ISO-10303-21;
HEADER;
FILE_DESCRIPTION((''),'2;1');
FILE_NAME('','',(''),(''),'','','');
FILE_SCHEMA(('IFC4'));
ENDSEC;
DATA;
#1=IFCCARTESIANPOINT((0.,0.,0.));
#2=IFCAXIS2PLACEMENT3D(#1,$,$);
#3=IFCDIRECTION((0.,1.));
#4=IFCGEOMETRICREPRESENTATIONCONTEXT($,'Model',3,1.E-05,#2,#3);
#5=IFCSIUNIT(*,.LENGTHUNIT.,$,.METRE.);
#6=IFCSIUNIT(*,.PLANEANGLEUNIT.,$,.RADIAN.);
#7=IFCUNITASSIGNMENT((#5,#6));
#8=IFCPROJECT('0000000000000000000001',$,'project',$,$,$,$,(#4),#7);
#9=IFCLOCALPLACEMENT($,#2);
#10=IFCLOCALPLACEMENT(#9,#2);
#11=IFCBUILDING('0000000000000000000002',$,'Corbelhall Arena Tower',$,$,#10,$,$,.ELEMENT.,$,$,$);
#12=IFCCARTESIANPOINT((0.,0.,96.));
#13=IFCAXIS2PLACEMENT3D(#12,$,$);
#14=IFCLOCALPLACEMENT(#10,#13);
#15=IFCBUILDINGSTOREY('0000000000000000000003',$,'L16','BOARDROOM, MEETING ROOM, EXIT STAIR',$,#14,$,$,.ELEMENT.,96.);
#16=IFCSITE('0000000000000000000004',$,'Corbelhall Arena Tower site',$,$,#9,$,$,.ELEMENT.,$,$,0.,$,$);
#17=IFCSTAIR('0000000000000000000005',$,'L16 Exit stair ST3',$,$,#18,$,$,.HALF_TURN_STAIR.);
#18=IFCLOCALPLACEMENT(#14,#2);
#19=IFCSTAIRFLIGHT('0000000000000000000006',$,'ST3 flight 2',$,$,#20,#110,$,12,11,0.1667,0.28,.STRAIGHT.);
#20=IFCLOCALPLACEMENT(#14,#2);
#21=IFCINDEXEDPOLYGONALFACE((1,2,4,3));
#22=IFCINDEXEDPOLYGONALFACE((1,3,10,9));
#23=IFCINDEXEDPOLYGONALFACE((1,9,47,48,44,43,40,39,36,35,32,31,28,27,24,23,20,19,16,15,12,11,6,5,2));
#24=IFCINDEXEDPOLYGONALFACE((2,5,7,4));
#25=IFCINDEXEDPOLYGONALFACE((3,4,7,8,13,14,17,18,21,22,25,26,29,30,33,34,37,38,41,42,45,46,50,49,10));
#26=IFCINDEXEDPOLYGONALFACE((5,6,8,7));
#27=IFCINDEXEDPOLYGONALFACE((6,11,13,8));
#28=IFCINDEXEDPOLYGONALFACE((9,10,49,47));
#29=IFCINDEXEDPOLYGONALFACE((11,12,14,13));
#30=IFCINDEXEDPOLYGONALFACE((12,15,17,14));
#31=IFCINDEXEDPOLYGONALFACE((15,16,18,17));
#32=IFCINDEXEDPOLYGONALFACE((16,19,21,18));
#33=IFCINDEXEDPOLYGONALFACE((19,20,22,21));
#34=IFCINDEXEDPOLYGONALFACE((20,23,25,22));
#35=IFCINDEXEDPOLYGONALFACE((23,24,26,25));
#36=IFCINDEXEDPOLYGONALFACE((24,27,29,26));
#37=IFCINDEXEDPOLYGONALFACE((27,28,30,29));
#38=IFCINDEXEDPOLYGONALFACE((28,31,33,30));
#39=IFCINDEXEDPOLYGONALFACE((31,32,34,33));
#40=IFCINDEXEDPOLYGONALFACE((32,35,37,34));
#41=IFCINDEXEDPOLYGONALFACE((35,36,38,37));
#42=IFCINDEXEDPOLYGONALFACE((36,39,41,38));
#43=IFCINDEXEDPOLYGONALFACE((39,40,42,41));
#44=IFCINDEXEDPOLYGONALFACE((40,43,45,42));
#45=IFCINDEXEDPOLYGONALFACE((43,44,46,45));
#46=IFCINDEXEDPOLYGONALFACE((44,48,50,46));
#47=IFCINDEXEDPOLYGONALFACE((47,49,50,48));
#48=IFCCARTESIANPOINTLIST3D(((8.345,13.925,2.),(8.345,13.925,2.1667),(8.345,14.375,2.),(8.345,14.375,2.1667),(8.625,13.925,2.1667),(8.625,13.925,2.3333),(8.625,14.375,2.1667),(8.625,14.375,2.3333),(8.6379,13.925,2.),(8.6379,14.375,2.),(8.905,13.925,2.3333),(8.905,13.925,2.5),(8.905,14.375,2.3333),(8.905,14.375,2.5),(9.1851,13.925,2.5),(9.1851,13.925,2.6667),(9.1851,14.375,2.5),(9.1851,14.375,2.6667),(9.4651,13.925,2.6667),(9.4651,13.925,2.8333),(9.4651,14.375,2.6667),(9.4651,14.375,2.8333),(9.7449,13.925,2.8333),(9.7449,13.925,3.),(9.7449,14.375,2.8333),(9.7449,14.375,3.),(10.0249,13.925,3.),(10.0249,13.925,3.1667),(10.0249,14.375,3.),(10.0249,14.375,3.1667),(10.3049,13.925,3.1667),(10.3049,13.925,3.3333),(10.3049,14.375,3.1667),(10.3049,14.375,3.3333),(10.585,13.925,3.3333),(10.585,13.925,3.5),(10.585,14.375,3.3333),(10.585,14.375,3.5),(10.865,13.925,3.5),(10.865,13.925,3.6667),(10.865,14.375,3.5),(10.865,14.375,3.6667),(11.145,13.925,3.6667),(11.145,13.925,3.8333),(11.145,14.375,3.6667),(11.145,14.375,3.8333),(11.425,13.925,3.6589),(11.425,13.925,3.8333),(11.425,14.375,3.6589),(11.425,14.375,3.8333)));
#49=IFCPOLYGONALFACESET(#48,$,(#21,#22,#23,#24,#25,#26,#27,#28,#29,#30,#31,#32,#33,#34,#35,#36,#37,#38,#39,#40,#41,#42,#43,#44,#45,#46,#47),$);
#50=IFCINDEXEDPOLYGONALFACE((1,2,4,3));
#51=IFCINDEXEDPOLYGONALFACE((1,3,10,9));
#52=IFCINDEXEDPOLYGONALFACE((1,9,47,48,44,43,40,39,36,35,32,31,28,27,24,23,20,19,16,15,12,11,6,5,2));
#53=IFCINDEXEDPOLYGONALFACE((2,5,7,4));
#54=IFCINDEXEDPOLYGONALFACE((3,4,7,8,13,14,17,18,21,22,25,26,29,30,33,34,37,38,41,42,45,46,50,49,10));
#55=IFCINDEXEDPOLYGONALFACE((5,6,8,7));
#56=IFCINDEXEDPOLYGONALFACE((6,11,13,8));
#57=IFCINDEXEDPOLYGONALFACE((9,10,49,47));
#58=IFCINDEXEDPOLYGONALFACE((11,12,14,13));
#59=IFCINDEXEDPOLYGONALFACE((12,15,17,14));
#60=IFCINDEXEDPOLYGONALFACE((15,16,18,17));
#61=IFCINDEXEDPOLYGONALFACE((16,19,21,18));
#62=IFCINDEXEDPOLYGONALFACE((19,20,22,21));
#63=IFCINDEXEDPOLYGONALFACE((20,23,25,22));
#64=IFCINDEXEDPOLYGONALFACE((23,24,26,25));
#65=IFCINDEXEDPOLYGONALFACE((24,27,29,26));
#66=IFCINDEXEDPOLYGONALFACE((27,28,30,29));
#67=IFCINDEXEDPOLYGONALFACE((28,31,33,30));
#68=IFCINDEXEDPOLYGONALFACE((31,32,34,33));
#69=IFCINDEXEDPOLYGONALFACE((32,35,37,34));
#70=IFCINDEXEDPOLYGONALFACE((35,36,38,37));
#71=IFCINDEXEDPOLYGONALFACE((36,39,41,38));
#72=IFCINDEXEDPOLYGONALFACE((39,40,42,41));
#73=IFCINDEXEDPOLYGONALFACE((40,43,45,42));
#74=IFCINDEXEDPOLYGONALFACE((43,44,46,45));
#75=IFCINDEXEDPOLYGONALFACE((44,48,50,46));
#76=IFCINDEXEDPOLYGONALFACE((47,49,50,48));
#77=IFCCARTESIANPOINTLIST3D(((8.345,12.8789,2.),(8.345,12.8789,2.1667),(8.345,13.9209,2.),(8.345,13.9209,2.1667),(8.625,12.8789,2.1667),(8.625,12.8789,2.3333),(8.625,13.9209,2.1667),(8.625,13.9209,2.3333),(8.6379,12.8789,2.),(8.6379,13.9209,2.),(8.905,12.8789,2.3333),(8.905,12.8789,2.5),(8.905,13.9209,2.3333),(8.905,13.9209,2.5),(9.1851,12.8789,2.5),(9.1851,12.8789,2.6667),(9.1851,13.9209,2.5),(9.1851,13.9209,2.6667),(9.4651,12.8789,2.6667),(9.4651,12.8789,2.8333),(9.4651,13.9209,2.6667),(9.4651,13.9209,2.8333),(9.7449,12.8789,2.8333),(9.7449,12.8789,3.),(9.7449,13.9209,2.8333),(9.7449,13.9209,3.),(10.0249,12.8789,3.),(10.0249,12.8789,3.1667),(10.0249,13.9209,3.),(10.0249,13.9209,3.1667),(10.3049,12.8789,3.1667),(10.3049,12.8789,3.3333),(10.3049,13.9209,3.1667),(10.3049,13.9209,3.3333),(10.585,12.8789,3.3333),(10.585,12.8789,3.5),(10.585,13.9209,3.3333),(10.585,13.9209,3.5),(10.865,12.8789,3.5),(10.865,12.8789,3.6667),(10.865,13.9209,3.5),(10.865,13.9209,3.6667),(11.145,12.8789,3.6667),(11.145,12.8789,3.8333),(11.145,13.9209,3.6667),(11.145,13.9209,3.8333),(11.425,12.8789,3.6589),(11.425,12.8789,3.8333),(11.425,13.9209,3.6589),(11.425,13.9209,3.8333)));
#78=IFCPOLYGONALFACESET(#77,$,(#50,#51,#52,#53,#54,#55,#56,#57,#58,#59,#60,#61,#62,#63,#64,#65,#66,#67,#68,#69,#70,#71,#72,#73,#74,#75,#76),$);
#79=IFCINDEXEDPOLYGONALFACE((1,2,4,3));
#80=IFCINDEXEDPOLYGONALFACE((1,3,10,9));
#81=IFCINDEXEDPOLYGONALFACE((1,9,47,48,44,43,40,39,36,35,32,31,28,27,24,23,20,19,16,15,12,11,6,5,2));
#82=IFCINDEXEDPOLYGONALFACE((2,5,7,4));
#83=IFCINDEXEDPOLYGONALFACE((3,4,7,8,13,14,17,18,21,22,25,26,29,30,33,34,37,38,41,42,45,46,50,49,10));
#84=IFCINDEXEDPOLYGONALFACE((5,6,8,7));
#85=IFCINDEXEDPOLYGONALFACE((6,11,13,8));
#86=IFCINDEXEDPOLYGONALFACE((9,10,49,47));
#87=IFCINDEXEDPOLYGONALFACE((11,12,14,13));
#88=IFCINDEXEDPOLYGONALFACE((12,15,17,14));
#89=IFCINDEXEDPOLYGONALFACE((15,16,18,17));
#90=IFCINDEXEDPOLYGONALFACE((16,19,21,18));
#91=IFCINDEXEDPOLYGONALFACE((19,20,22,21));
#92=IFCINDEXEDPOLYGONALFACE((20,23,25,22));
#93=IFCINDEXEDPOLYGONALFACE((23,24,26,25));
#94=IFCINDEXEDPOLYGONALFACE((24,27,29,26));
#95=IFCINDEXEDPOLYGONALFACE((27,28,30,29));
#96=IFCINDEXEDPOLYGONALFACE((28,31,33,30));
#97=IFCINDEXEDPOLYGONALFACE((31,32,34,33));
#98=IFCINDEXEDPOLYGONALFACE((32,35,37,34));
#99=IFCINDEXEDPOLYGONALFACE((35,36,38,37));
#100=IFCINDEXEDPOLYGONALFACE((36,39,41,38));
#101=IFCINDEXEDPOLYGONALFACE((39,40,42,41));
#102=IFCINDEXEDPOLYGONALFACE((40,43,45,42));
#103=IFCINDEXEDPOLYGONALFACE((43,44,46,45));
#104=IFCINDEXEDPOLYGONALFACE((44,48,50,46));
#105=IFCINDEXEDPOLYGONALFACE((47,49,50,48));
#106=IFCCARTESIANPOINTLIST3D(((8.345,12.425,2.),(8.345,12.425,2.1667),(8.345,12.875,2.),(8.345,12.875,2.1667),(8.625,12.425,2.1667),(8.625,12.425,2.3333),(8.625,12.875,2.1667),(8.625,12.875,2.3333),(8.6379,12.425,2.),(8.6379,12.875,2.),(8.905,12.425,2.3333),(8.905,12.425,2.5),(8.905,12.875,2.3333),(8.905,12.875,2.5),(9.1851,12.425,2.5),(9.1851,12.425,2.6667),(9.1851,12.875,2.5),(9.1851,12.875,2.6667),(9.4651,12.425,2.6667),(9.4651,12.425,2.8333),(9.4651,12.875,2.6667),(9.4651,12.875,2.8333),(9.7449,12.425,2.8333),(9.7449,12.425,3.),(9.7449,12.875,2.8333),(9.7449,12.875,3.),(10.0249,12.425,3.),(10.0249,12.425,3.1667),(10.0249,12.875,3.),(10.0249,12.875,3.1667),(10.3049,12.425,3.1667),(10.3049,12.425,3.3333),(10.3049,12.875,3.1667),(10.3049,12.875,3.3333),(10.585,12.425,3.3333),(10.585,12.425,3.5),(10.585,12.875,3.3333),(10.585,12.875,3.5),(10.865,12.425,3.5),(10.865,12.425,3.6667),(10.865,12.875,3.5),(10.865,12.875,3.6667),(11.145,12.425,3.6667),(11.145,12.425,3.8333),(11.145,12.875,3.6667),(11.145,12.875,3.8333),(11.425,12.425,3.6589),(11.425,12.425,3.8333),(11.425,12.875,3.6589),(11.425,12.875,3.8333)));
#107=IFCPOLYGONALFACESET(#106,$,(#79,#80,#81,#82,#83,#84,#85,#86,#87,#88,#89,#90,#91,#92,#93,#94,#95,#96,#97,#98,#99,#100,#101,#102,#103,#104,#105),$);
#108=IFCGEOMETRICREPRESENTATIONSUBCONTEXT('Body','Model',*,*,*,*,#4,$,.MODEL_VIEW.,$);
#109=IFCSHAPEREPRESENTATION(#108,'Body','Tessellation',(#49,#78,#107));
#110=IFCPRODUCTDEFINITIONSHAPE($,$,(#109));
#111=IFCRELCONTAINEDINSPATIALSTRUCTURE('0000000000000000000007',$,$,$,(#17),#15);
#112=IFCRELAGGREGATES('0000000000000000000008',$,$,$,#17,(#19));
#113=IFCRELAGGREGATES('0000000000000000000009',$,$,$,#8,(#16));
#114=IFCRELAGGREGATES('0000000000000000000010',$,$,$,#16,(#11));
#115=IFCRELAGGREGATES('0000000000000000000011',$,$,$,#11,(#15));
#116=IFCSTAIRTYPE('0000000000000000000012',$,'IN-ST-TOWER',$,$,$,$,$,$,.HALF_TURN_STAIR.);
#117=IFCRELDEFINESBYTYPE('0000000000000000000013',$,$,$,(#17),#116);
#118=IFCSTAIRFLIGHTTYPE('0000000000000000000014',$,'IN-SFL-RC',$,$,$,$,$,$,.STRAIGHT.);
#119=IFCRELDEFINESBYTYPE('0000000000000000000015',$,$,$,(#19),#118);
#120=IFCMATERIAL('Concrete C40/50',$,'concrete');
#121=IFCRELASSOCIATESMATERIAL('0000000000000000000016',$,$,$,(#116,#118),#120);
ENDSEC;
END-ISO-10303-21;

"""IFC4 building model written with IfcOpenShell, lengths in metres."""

from ifc_helpers import new_model, si_unit, direction, frame, origin, place, context, subcontext, project, spatial, polyline, outline, extrude, material, type_object, element, aggregate, save


model = new_model("IFC4")

# Units and contexts
model_context = context("Model", 3, precision=1e-05, world=origin(), true_north=direction((0.0, 1.0)))
body_context = subcontext(model_context, "Body", "Model", "MODEL_VIEW")
ifc_project = project(units=[si_unit("LENGTHUNIT", "METRE"), si_unit("PLANEANGLEUNIT", "RADIAN")], contexts=[model_context])

# Site, building, storey
site_placement = place(None, origin())
site = spatial("IfcSite", under=ifc_project, at=site_placement, Name="Corbelhall Arena Tower site", CompositionType="ELEMENT", RefElevation=0.0)
building_placement = place(site_placement, origin())
building = spatial("IfcBuilding", under=site, at=building_placement, Name="Corbelhall Arena Tower", CompositionType="ELEMENT")
storey_placement = place(building_placement, frame((0.0, 0.0, 96.0)))
storey = spatial("IfcBuildingStorey", under=building, at=storey_placement, Name="L16", Description="BOARDROOM, MEETING ROOM, EXIT STAIR", CompositionType="ELEMENT", Elevation=96.0)

# Shared definitions
ifc_material_1 = material(Name="Concrete C40/50", Category="concrete")

# Stair, stair flight
stair_type = type_object("IfcStairType", Name="IN-ST-TOWER", PredefinedType="HALF_TURN_STAIR", material=ifc_material_1)
stair_placement = place(storey_placement, origin())
stair = element("IfcStair", 1, at=stair_placement, inside=storey, type_object=stair_type, Name="L16 Exit stair ST3", PredefinedType="HALF_TURN_STAIR")
stair_flight_type = type_object("IfcStairFlightType", Name="IN-SFL-RC", PredefinedType="STRAIGHT", material=ifc_material_1)
stair_flight_1_placement = place(storey_placement, frame((8.345, 13.3999, 2.0), z_axis=(0.0, 0.0, 1.0), x_axis=(1.0, 0.0, 0.0)))
stair_flight_1 = element("IfcStairFlight", 2, at=stair_flight_1_placement, type_object=stair_flight_type, Name="ST3 flight 2", NumberOfRisers=12, NumberOfTreads=11, PredefinedType="STRAIGHT", RiserHeight=0.1667, TreadLength=0.28, context=body_context, shape_type="SweptSolid", body=[
    extrude(outline(polyline([(0.0, 0.0), (0.0, 0.1667), (0.28, 0.1667), (0.28, 0.3333), (0.5601, 0.3333), (0.5601, 0.5), (0.8401, 0.5), (0.8401, 0.6667), (1.1201, 0.6667), (1.1201, 0.8333), (1.3999, 0.8333), (1.3999, 1.0), (1.6799, 1.0), (1.6799, 1.1667), (1.96, 1.1667), (1.96, 1.3333), (2.24, 1.3333), (2.24, 1.5), (2.52, 1.5), (2.52, 1.6667), (2.8, 1.6667), (2.8, 1.8333), (3.0801, 1.8333), (3.0801, 2.0), (3.0801, 1.6589), (0.293, 0.0), (0.0, 0.0)])), frame((0.0, 0.9751, 0.0), z_axis=(0.0, -1.0, 0.0), x_axis=(1.0, 0.0, 0.0)), (0.0, 0.0, 1.0), 0.45),
    extrude(outline(polyline([(0.0, 0.0), (0.0, 0.1667), (0.28, 0.1667), (0.28, 0.3333), (0.5601, 0.3333), (0.5601, 0.5), (0.8401, 0.5), (0.8401, 0.6667), (1.1201, 0.6667), (1.1201, 0.8333), (1.3999, 0.8333), (1.3999, 1.0), (1.6799, 1.0), (1.6799, 1.1667), (1.96, 1.1667), (1.96, 1.3333), (2.24, 1.3333), (2.24, 1.5), (2.52, 1.5), (2.52, 1.6667), (2.8, 1.6667), (2.8, 1.8333), (3.0801, 1.8333), (3.0801, 2.0), (3.0801, 1.6589), (0.293, 0.0), (0.0, 0.0)])), frame((0.0, 0.521, 0.0), z_axis=(0.0, -1.0, 0.0), x_axis=(1.0, 0.0, 0.0)), (0.0, 0.0, 1.0), 1.042),
    extrude(outline(polyline([(0.0, 0.0), (0.0, 0.1667), (0.28, 0.1667), (0.28, 0.3333), (0.5601, 0.3333), (0.5601, 0.5), (0.8401, 0.5), (0.8401, 0.6667), (1.1201, 0.6667), (1.1201, 0.8333), (1.3999, 0.8333), (1.3999, 1.0), (1.6799, 1.0), (1.6799, 1.1667), (1.96, 1.1667), (1.96, 1.3333), (2.24, 1.3333), (2.24, 1.5), (2.52, 1.5), (2.52, 1.6667), (2.8, 1.6667), (2.8, 1.8333), (3.0801, 1.8333), (3.0801, 2.0), (3.0801, 1.6589), (0.293, 0.0), (0.0, 0.0)])), frame((0.0, -0.5249, 0.0), z_axis=(0.0, -1.0, 0.0), x_axis=(1.0, 0.0, 0.0)), (0.0, 0.0, 1.0), 0.45),
])
aggregate(stair, [stair_flight_1])

save(model, "model.ifc")
